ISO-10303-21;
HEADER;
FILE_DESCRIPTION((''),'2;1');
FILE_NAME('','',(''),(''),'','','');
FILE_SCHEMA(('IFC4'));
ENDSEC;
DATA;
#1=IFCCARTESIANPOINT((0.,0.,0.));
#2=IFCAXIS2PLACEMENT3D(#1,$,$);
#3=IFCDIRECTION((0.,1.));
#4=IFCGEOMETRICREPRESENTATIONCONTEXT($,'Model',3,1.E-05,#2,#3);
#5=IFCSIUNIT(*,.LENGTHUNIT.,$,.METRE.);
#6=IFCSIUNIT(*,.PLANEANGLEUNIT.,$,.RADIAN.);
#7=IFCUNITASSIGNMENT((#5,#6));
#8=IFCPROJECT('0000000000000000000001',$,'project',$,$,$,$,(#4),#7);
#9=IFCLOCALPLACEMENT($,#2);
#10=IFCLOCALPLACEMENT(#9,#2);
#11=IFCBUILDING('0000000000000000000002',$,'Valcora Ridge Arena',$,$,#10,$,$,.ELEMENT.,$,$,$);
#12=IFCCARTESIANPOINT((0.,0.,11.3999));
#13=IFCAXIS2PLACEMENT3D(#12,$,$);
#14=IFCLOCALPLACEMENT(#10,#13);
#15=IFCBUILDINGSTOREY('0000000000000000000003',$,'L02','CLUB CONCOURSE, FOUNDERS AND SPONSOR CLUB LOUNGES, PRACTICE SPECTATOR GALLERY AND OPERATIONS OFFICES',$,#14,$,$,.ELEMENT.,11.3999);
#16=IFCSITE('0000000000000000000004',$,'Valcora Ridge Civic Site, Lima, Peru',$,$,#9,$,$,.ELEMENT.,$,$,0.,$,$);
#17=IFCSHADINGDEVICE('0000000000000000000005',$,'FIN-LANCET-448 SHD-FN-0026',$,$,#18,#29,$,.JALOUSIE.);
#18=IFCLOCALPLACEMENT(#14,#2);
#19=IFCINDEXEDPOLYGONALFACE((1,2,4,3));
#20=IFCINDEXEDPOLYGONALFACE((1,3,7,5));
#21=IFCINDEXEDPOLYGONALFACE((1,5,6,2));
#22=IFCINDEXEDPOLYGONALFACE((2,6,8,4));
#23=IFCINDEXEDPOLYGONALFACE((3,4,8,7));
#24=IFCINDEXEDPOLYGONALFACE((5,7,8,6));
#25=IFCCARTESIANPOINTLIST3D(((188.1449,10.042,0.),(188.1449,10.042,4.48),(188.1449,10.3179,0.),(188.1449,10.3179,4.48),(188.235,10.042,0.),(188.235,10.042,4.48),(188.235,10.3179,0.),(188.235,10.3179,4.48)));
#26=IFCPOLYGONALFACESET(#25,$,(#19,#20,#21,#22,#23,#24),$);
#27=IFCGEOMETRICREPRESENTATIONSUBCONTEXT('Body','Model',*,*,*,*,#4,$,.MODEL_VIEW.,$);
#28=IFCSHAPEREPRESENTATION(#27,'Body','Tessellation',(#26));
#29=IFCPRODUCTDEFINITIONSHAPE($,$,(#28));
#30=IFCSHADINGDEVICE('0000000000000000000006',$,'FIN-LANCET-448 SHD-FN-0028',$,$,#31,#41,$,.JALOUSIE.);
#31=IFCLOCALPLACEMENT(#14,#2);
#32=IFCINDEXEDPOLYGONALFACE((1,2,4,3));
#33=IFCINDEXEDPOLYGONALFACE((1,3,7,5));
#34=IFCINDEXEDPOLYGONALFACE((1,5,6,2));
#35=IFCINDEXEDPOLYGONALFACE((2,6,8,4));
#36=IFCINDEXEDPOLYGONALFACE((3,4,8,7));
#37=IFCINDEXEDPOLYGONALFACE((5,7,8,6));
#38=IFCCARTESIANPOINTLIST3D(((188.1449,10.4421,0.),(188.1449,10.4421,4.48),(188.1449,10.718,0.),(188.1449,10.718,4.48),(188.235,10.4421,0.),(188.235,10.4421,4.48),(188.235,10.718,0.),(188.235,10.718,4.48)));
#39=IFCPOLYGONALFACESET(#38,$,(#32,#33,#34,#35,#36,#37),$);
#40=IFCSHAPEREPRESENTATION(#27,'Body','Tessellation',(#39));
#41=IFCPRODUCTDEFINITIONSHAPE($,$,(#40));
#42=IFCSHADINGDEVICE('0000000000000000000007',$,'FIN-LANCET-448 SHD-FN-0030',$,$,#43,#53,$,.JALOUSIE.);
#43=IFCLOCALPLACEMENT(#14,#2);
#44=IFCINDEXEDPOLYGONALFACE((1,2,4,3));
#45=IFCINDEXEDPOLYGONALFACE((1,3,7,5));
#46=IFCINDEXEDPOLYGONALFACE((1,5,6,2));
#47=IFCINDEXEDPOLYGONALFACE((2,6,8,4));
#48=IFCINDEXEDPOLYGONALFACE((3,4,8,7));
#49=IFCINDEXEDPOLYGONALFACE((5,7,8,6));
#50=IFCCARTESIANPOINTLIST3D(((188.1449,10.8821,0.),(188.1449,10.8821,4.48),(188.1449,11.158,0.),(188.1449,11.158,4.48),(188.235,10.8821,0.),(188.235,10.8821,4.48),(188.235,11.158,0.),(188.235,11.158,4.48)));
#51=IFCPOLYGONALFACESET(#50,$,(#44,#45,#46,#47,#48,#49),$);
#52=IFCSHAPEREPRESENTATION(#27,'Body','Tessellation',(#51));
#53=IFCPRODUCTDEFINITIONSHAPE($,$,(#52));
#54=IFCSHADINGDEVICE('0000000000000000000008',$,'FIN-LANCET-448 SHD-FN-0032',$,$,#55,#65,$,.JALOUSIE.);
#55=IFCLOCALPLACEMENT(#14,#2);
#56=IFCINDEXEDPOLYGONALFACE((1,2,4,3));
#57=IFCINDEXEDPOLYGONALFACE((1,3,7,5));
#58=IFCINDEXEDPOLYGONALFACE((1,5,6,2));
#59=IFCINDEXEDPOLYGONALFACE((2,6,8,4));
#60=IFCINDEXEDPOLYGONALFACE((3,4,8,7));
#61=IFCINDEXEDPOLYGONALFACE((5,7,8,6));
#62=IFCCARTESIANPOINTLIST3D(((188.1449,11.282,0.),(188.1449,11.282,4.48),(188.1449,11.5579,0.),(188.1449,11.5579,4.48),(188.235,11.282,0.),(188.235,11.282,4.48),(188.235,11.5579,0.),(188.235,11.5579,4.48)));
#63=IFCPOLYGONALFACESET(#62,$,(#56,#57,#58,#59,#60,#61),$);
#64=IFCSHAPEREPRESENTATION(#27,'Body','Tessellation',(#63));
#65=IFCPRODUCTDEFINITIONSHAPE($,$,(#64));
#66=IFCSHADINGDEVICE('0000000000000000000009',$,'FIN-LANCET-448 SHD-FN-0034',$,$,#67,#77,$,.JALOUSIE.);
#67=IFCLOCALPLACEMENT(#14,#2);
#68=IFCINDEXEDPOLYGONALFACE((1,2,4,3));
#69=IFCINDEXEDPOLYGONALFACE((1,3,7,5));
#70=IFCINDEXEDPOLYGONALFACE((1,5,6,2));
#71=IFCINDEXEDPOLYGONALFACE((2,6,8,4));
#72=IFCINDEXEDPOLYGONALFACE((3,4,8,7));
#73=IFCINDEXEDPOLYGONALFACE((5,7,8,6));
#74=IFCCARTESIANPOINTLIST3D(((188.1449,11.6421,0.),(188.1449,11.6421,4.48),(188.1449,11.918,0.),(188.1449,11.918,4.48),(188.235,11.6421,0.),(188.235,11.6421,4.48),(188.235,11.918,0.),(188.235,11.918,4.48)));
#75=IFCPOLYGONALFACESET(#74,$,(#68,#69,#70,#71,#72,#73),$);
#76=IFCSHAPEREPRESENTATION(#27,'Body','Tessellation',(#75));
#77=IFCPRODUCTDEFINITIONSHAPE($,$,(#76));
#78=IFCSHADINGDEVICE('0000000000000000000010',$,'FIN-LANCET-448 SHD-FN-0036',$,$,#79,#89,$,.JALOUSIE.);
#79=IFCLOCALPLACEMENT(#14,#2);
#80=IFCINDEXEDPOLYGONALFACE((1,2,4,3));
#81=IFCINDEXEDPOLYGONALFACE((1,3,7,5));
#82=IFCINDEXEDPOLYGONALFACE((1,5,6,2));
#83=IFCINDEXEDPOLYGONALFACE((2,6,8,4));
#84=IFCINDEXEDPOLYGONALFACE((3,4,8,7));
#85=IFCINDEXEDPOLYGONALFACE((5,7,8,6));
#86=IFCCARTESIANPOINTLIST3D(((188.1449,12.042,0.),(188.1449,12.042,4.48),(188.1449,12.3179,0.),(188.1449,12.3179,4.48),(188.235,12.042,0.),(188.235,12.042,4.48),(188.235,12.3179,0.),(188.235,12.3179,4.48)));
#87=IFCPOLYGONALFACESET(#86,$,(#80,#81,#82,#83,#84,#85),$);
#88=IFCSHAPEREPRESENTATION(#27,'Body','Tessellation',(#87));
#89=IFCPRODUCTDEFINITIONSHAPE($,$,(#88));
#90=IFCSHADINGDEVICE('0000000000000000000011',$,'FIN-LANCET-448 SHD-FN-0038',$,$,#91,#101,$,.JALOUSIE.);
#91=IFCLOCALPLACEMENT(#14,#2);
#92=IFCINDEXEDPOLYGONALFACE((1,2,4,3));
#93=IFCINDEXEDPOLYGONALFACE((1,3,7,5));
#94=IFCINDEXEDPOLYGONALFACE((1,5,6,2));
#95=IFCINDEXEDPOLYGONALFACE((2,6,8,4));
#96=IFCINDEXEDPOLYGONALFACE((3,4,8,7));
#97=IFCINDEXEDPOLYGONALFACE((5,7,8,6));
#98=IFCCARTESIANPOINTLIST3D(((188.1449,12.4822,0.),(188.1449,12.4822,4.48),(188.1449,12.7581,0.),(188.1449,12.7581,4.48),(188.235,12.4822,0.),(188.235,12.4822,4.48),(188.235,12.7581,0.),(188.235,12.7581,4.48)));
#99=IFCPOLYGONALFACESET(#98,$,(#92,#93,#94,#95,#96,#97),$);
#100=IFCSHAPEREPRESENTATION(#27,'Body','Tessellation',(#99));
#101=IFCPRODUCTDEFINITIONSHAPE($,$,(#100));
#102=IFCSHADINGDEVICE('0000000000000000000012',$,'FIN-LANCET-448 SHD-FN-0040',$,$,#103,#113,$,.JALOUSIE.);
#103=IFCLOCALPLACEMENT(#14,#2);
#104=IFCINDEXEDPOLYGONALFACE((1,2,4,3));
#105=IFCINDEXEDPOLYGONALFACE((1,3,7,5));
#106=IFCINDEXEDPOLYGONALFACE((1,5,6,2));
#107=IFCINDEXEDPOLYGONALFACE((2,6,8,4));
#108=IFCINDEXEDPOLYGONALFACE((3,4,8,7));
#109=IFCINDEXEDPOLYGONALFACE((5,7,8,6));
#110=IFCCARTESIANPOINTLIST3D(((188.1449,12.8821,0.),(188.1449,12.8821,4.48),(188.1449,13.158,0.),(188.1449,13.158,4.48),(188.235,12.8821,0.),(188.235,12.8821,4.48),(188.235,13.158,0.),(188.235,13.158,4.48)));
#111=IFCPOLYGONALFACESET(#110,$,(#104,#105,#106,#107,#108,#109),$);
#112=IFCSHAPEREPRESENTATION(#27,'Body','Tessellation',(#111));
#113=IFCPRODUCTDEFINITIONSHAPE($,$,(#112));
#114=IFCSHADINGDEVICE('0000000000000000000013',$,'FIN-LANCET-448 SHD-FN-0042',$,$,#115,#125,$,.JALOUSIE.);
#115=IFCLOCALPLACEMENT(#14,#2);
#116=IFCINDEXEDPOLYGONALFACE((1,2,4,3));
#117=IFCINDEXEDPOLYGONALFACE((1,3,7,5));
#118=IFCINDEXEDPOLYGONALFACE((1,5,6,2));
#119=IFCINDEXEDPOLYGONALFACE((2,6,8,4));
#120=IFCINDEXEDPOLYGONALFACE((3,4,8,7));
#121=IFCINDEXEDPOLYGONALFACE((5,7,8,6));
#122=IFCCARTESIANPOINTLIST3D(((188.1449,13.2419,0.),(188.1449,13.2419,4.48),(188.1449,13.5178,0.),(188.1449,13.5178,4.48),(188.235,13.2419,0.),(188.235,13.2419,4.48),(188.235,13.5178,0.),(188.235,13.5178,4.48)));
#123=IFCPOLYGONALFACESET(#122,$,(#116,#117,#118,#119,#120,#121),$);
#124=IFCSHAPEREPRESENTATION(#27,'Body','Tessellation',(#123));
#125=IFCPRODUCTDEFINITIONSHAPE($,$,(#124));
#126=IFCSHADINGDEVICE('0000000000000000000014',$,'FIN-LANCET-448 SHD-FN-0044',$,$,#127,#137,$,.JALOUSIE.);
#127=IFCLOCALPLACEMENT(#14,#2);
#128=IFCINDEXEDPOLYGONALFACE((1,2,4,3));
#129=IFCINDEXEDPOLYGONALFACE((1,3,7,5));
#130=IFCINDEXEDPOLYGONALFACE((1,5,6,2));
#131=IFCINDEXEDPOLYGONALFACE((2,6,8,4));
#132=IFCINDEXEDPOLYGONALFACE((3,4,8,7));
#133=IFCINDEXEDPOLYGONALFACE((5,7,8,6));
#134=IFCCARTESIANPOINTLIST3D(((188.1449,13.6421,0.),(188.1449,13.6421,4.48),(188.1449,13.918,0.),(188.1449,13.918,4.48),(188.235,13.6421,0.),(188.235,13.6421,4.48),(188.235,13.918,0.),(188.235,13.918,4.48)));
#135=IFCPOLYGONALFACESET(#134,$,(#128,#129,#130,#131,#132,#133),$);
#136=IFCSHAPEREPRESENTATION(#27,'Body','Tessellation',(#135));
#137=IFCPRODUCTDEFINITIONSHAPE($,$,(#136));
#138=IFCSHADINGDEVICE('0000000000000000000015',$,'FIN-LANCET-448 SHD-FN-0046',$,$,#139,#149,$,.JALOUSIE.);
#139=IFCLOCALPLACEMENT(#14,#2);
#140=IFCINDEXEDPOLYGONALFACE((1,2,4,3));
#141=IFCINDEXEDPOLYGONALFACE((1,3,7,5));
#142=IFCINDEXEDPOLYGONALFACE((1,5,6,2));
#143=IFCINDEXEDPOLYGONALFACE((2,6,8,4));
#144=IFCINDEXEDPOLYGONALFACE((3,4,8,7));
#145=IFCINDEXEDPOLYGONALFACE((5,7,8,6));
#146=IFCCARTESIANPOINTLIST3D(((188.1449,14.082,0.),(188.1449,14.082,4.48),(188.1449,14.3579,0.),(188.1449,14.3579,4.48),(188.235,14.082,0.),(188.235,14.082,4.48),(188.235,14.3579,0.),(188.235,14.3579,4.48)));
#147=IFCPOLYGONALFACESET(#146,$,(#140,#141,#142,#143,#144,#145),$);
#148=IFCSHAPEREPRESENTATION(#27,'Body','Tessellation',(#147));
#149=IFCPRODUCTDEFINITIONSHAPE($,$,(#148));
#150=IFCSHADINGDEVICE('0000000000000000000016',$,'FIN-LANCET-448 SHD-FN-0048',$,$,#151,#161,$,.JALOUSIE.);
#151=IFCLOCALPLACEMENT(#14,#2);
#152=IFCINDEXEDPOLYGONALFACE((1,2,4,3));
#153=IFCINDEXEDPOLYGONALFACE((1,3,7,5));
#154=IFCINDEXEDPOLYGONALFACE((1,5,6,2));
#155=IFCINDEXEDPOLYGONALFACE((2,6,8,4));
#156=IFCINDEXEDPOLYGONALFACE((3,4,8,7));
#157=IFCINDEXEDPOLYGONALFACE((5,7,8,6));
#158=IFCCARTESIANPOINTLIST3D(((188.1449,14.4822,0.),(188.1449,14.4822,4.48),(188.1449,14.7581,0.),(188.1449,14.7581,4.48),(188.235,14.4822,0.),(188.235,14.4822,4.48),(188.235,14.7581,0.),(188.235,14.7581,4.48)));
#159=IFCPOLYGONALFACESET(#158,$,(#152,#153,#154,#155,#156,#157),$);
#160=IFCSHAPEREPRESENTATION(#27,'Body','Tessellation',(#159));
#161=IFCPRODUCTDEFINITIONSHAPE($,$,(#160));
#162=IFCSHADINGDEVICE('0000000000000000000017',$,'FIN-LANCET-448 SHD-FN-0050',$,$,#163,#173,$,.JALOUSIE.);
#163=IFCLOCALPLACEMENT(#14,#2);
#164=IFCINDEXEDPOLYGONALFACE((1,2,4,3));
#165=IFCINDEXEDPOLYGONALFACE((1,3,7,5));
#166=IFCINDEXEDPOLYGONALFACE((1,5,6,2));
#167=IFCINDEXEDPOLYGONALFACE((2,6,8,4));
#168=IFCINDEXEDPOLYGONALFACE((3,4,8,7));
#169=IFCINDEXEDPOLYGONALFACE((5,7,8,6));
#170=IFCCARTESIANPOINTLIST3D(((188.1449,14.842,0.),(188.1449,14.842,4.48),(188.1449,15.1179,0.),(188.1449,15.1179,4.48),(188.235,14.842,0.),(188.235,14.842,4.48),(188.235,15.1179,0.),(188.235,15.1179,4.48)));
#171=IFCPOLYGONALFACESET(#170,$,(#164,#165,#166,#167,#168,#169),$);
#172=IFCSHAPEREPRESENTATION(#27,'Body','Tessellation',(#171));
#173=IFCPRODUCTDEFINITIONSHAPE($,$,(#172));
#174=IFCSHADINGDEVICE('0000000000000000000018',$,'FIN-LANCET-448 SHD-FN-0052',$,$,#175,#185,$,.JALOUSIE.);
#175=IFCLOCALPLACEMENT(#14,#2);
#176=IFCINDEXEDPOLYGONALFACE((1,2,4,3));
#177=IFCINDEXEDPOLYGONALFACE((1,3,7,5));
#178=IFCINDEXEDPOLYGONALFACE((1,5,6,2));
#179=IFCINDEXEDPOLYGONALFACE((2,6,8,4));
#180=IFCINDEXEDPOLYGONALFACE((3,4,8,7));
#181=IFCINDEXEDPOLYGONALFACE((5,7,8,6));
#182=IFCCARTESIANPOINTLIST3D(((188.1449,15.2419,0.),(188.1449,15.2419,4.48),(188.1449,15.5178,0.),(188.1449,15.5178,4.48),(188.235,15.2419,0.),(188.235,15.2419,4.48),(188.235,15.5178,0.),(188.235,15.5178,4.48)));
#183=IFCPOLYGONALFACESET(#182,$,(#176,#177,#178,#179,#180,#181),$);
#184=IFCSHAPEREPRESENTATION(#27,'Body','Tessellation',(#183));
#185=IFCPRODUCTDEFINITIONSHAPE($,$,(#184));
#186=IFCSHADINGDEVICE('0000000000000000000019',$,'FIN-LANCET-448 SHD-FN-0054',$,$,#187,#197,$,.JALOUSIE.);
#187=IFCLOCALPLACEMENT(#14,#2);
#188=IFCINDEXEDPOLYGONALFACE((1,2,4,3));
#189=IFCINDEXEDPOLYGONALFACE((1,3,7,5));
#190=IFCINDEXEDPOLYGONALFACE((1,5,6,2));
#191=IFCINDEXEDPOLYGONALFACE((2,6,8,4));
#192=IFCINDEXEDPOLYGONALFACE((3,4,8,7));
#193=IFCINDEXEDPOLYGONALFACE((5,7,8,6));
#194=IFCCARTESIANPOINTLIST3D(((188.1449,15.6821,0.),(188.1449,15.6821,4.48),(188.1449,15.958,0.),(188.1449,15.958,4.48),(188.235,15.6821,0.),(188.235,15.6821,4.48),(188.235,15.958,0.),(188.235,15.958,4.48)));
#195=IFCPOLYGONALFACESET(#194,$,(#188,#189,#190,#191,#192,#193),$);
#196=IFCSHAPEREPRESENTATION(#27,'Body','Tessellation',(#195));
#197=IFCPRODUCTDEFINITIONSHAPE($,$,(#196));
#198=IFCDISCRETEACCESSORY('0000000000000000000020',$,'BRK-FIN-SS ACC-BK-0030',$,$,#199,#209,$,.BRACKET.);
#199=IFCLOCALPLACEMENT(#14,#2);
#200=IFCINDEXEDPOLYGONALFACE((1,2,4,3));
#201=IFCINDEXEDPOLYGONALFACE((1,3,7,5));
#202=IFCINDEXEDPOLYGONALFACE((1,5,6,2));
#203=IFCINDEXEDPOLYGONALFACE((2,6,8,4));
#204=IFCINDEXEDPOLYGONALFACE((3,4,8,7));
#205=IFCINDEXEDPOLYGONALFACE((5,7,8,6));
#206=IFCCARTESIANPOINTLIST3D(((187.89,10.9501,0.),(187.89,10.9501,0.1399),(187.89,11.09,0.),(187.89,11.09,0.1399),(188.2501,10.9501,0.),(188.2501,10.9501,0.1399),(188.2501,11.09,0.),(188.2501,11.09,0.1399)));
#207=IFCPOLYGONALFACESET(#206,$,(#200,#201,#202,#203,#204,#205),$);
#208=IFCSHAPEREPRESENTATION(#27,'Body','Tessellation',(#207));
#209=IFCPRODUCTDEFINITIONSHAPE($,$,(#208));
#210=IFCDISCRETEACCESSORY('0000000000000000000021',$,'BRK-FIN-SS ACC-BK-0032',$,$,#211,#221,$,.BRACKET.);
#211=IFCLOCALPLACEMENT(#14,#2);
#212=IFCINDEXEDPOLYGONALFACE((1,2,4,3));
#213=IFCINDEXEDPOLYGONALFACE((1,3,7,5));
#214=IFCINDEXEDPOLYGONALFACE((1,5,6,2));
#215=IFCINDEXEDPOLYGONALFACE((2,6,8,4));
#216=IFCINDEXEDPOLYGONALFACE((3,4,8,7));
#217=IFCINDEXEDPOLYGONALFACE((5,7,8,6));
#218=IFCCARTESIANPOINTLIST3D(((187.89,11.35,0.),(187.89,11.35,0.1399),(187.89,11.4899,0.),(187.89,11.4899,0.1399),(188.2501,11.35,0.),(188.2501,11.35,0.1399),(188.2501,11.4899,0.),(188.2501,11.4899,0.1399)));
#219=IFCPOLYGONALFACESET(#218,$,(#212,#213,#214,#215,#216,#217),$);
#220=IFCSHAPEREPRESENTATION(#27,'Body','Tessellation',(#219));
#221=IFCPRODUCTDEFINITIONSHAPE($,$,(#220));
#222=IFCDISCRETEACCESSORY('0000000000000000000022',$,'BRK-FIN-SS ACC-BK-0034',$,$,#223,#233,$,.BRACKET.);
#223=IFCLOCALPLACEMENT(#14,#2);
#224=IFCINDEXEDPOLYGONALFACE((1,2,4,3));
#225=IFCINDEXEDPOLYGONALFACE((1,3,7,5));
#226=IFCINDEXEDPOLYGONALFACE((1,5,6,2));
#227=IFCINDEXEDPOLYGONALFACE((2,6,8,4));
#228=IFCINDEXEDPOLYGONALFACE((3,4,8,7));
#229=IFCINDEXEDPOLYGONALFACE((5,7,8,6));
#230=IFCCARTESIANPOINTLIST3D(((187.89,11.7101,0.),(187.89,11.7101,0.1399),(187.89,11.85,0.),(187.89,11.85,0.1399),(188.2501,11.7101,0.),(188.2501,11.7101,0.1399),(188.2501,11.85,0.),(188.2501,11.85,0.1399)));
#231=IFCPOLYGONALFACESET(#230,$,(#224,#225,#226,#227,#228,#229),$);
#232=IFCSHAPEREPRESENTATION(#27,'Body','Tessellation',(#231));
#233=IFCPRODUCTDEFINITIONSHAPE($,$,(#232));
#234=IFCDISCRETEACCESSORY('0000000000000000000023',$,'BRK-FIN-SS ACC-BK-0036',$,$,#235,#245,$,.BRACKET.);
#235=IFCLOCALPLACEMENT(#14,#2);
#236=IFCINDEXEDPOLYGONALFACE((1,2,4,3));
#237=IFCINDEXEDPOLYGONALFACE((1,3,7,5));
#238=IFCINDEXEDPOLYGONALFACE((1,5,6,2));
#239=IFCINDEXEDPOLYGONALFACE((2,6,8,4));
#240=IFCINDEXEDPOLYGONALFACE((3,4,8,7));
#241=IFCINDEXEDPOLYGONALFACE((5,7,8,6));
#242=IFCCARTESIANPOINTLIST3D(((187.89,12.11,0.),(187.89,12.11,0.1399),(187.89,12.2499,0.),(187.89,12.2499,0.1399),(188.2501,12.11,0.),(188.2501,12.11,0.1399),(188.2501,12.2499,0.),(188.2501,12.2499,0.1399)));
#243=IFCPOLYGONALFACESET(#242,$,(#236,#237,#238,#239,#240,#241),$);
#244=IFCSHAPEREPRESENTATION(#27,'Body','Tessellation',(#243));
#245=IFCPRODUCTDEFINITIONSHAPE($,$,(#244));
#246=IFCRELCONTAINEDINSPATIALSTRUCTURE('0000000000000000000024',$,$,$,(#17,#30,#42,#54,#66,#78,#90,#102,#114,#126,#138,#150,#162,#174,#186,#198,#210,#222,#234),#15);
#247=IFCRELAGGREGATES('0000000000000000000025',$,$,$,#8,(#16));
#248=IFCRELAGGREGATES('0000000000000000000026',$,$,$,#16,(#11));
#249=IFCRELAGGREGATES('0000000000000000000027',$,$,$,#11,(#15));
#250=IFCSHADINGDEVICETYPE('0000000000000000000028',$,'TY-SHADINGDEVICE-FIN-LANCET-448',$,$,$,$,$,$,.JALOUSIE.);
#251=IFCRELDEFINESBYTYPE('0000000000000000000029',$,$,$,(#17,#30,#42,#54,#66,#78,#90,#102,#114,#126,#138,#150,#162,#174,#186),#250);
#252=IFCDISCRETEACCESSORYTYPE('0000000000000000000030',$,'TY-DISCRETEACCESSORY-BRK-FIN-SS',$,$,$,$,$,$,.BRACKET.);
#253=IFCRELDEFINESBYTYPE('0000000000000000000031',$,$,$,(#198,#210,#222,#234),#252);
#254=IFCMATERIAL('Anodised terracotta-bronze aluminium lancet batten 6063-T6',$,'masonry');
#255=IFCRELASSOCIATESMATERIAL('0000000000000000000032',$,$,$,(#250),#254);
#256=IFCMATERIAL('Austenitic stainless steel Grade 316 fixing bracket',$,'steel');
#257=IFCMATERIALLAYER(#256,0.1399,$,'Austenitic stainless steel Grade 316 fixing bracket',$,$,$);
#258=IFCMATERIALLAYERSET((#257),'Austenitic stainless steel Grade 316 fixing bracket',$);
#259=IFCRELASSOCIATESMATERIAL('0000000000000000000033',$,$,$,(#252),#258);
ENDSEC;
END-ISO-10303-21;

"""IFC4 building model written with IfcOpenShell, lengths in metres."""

from ifc_helpers import new_model, si_unit, direction, frame, origin, origin_2d, place, context, subcontext, project, spatial, rectangle, extrude, material, layer, layer_set, material_profile, profile_set, type_object, element, save


model = new_model("IFC4")

# Units and contexts
model_context = context("Model", 3, precision=1e-05, world=origin(), true_north=direction((0.0, 1.0)))
body_context = subcontext(model_context, "Body", "Model", "MODEL_VIEW")
ifc_project = project(units=[si_unit("LENGTHUNIT", "METRE"), si_unit("PLANEANGLEUNIT", "RADIAN")], contexts=[model_context])

# Site, building, storey
site_placement = place(None, origin())
site = spatial("IfcSite", under=ifc_project, at=site_placement, Name="Valcora Ridge Civic Site, Lima, Peru", CompositionType="ELEMENT", RefElevation=0.0)
building_placement = place(site_placement, origin())
building = spatial("IfcBuilding", under=site, at=building_placement, Name="Valcora Ridge Arena", CompositionType="ELEMENT")
storey_placement = place(building_placement, frame((0.0, 0.0, 11.3999)))
storey = spatial("IfcBuildingStorey", under=building, at=storey_placement, Name="L02", Description="CLUB CONCOURSE, FOUNDERS AND SPONSOR CLUB LOUNGES, PRACTICE SPECTATOR GALLERY AND OPERATIONS OFFICES", CompositionType="ELEMENT", Elevation=11.3999)

# Shading devices
ifc_material_1 = material(Name="Anodised terracotta-bronze aluminium lancet batten 6063-T6", Category="masonry")
ifc_material_profile_1 = material_profile(ifc_material_1, rectangle(XDim=0.0901, YDim=0.2759, at=origin_2d()), Name="ALU LANCET BATTEN 90x276")
ifc_profile_set_1 = profile_set([ifc_material_profile_1], Name="Anodised terracotta-bronze aluminium lancet batten 6063-T6")
shading_device_type = type_object("IfcShadingDeviceType", Name="TY-SHADINGDEVICE-FIN-LANCET-448", PredefinedType="JALOUSIE", material=ifc_profile_set_1)
for number, where, z_axis, x_axis, name in (
    (1, (188.1899, 10.1799, 0.0), (0.0, 0.0, 1.0), (1.0, 0.0, 0.0), "FIN-LANCET-448 SHD-FN-0026"),
    (2, (188.1899, 10.5801, 0.0), (0.0, 0.0, 1.0), (1.0, 0.0, 0.0), "FIN-LANCET-448 SHD-FN-0028"),
    (3, (188.1899, 11.02, 0.0), (0.0, 0.0, 1.0), (1.0, 0.0, 0.0), "FIN-LANCET-448 SHD-FN-0030"),
    (4, (188.1899, 11.4199, 0.0), (0.0, 0.0, 1.0), (1.0, 0.0, 0.0), "FIN-LANCET-448 SHD-FN-0032"),
    (5, (188.1899, 11.78, 0.0), (0.0, 0.0, 1.0), (1.0, 0.0, 0.0), "FIN-LANCET-448 SHD-FN-0034"),
    (6, (188.1899, 12.1799, 0.0), (0.0, 0.0, 1.0), (1.0, 0.0, 0.0), "FIN-LANCET-448 SHD-FN-0036"),
    (7, (188.1899, 12.6201, 0.0), (0.0, 0.0, 1.0), (1.0, 0.0, 0.0), "FIN-LANCET-448 SHD-FN-0038"),
    (8, (188.1899, 13.02, 0.0), (0.0, 0.0, 1.0), (1.0, 0.0, 0.0), "FIN-LANCET-448 SHD-FN-0040"),
    (9, (188.1899, 13.3799, 0.0), (0.0, 0.0, 1.0), (1.0, 0.0, 0.0), "FIN-LANCET-448 SHD-FN-0042"),
    (10, (188.1899, 13.78, 0.0), (0.0, 0.0, 1.0), (1.0, 0.0, 0.0), "FIN-LANCET-448 SHD-FN-0044"),
    (11, (188.1899, 14.22, 0.0), (0.0, 0.0, 1.0), (1.0, 0.0, 0.0), "FIN-LANCET-448 SHD-FN-0046"),
    (12, (188.1899, 14.6201, 0.0), (0.0, 0.0, 1.0), (1.0, 0.0, 0.0), "FIN-LANCET-448 SHD-FN-0048"),
    (13, (188.1899, 14.98, 0.0), (0.0, 0.0, 1.0), (1.0, 0.0, 0.0), "FIN-LANCET-448 SHD-FN-0050"),
    (14, (188.1899, 15.3799, 0.0), (0.0, 0.0, 1.0), (1.0, 0.0, 0.0), "FIN-LANCET-448 SHD-FN-0052"),
    (15, (188.1899, 15.8201, 0.0), (0.0, 0.0, 1.0), (1.0, 0.0, 0.0), "FIN-LANCET-448 SHD-FN-0054"),
):
    element("IfcShadingDevice", number, at=place(storey_placement, frame(where, z_axis=z_axis, x_axis=x_axis)), inside=storey, type_object=shading_device_type, Name=name, PredefinedType="JALOUSIE", context=body_context, shape_type="SweptSolid", body=[
        extrude(rectangle(XDim=0.0901, YDim=0.2759, at=origin_2d()), origin(), (0.0, 0.0, 1.0), 4.48),
    ])

# Discrete accessories
ifc_material_2 = material(Name="Austenitic stainless steel Grade 316 fixing bracket", Category="steel")
ifc_layer = layer(ifc_material_2, 0.1399, Name="Austenitic stainless steel Grade 316 fixing bracket")
ifc_layer_set = layer_set([ifc_layer], Name="Austenitic stainless steel Grade 316 fixing bracket")
discrete_accessory_type = type_object("IfcDiscreteAccessoryType", Name="TY-DISCRETEACCESSORY-BRK-FIN-SS", PredefinedType="BRACKET", material=ifc_layer_set)
for number, where, z_axis, x_axis, name in (
    (16, (188.0701, 11.02, 0.0), (0.0, 0.0, 1.0), (1.0, 0.0, 0.0), "BRK-FIN-SS ACC-BK-0030"),
    (17, (188.0701, 11.4199, 0.0), (0.0, 0.0, 1.0), (1.0, 0.0, 0.0), "BRK-FIN-SS ACC-BK-0032"),
    (18, (188.0701, 11.78, 0.0), (0.0, 0.0, 1.0), (1.0, 0.0, 0.0), "BRK-FIN-SS ACC-BK-0034"),
    (19, (188.0701, 12.1799, 0.0), (0.0, 0.0, 1.0), (1.0, 0.0, 0.0), "BRK-FIN-SS ACC-BK-0036"),
):
    element("IfcDiscreteAccessory", number, at=place(storey_placement, frame(where, z_axis=z_axis, x_axis=x_axis)), inside=storey, type_object=discrete_accessory_type, Name=name, PredefinedType="BRACKET", context=body_context, shape_type="SweptSolid", body=[
        extrude(rectangle(XDim=0.3601, YDim=0.1399, at=origin_2d()), origin(), (0.0, 0.0, 1.0), 0.1399),
    ])

save(model, "model.ifc")
